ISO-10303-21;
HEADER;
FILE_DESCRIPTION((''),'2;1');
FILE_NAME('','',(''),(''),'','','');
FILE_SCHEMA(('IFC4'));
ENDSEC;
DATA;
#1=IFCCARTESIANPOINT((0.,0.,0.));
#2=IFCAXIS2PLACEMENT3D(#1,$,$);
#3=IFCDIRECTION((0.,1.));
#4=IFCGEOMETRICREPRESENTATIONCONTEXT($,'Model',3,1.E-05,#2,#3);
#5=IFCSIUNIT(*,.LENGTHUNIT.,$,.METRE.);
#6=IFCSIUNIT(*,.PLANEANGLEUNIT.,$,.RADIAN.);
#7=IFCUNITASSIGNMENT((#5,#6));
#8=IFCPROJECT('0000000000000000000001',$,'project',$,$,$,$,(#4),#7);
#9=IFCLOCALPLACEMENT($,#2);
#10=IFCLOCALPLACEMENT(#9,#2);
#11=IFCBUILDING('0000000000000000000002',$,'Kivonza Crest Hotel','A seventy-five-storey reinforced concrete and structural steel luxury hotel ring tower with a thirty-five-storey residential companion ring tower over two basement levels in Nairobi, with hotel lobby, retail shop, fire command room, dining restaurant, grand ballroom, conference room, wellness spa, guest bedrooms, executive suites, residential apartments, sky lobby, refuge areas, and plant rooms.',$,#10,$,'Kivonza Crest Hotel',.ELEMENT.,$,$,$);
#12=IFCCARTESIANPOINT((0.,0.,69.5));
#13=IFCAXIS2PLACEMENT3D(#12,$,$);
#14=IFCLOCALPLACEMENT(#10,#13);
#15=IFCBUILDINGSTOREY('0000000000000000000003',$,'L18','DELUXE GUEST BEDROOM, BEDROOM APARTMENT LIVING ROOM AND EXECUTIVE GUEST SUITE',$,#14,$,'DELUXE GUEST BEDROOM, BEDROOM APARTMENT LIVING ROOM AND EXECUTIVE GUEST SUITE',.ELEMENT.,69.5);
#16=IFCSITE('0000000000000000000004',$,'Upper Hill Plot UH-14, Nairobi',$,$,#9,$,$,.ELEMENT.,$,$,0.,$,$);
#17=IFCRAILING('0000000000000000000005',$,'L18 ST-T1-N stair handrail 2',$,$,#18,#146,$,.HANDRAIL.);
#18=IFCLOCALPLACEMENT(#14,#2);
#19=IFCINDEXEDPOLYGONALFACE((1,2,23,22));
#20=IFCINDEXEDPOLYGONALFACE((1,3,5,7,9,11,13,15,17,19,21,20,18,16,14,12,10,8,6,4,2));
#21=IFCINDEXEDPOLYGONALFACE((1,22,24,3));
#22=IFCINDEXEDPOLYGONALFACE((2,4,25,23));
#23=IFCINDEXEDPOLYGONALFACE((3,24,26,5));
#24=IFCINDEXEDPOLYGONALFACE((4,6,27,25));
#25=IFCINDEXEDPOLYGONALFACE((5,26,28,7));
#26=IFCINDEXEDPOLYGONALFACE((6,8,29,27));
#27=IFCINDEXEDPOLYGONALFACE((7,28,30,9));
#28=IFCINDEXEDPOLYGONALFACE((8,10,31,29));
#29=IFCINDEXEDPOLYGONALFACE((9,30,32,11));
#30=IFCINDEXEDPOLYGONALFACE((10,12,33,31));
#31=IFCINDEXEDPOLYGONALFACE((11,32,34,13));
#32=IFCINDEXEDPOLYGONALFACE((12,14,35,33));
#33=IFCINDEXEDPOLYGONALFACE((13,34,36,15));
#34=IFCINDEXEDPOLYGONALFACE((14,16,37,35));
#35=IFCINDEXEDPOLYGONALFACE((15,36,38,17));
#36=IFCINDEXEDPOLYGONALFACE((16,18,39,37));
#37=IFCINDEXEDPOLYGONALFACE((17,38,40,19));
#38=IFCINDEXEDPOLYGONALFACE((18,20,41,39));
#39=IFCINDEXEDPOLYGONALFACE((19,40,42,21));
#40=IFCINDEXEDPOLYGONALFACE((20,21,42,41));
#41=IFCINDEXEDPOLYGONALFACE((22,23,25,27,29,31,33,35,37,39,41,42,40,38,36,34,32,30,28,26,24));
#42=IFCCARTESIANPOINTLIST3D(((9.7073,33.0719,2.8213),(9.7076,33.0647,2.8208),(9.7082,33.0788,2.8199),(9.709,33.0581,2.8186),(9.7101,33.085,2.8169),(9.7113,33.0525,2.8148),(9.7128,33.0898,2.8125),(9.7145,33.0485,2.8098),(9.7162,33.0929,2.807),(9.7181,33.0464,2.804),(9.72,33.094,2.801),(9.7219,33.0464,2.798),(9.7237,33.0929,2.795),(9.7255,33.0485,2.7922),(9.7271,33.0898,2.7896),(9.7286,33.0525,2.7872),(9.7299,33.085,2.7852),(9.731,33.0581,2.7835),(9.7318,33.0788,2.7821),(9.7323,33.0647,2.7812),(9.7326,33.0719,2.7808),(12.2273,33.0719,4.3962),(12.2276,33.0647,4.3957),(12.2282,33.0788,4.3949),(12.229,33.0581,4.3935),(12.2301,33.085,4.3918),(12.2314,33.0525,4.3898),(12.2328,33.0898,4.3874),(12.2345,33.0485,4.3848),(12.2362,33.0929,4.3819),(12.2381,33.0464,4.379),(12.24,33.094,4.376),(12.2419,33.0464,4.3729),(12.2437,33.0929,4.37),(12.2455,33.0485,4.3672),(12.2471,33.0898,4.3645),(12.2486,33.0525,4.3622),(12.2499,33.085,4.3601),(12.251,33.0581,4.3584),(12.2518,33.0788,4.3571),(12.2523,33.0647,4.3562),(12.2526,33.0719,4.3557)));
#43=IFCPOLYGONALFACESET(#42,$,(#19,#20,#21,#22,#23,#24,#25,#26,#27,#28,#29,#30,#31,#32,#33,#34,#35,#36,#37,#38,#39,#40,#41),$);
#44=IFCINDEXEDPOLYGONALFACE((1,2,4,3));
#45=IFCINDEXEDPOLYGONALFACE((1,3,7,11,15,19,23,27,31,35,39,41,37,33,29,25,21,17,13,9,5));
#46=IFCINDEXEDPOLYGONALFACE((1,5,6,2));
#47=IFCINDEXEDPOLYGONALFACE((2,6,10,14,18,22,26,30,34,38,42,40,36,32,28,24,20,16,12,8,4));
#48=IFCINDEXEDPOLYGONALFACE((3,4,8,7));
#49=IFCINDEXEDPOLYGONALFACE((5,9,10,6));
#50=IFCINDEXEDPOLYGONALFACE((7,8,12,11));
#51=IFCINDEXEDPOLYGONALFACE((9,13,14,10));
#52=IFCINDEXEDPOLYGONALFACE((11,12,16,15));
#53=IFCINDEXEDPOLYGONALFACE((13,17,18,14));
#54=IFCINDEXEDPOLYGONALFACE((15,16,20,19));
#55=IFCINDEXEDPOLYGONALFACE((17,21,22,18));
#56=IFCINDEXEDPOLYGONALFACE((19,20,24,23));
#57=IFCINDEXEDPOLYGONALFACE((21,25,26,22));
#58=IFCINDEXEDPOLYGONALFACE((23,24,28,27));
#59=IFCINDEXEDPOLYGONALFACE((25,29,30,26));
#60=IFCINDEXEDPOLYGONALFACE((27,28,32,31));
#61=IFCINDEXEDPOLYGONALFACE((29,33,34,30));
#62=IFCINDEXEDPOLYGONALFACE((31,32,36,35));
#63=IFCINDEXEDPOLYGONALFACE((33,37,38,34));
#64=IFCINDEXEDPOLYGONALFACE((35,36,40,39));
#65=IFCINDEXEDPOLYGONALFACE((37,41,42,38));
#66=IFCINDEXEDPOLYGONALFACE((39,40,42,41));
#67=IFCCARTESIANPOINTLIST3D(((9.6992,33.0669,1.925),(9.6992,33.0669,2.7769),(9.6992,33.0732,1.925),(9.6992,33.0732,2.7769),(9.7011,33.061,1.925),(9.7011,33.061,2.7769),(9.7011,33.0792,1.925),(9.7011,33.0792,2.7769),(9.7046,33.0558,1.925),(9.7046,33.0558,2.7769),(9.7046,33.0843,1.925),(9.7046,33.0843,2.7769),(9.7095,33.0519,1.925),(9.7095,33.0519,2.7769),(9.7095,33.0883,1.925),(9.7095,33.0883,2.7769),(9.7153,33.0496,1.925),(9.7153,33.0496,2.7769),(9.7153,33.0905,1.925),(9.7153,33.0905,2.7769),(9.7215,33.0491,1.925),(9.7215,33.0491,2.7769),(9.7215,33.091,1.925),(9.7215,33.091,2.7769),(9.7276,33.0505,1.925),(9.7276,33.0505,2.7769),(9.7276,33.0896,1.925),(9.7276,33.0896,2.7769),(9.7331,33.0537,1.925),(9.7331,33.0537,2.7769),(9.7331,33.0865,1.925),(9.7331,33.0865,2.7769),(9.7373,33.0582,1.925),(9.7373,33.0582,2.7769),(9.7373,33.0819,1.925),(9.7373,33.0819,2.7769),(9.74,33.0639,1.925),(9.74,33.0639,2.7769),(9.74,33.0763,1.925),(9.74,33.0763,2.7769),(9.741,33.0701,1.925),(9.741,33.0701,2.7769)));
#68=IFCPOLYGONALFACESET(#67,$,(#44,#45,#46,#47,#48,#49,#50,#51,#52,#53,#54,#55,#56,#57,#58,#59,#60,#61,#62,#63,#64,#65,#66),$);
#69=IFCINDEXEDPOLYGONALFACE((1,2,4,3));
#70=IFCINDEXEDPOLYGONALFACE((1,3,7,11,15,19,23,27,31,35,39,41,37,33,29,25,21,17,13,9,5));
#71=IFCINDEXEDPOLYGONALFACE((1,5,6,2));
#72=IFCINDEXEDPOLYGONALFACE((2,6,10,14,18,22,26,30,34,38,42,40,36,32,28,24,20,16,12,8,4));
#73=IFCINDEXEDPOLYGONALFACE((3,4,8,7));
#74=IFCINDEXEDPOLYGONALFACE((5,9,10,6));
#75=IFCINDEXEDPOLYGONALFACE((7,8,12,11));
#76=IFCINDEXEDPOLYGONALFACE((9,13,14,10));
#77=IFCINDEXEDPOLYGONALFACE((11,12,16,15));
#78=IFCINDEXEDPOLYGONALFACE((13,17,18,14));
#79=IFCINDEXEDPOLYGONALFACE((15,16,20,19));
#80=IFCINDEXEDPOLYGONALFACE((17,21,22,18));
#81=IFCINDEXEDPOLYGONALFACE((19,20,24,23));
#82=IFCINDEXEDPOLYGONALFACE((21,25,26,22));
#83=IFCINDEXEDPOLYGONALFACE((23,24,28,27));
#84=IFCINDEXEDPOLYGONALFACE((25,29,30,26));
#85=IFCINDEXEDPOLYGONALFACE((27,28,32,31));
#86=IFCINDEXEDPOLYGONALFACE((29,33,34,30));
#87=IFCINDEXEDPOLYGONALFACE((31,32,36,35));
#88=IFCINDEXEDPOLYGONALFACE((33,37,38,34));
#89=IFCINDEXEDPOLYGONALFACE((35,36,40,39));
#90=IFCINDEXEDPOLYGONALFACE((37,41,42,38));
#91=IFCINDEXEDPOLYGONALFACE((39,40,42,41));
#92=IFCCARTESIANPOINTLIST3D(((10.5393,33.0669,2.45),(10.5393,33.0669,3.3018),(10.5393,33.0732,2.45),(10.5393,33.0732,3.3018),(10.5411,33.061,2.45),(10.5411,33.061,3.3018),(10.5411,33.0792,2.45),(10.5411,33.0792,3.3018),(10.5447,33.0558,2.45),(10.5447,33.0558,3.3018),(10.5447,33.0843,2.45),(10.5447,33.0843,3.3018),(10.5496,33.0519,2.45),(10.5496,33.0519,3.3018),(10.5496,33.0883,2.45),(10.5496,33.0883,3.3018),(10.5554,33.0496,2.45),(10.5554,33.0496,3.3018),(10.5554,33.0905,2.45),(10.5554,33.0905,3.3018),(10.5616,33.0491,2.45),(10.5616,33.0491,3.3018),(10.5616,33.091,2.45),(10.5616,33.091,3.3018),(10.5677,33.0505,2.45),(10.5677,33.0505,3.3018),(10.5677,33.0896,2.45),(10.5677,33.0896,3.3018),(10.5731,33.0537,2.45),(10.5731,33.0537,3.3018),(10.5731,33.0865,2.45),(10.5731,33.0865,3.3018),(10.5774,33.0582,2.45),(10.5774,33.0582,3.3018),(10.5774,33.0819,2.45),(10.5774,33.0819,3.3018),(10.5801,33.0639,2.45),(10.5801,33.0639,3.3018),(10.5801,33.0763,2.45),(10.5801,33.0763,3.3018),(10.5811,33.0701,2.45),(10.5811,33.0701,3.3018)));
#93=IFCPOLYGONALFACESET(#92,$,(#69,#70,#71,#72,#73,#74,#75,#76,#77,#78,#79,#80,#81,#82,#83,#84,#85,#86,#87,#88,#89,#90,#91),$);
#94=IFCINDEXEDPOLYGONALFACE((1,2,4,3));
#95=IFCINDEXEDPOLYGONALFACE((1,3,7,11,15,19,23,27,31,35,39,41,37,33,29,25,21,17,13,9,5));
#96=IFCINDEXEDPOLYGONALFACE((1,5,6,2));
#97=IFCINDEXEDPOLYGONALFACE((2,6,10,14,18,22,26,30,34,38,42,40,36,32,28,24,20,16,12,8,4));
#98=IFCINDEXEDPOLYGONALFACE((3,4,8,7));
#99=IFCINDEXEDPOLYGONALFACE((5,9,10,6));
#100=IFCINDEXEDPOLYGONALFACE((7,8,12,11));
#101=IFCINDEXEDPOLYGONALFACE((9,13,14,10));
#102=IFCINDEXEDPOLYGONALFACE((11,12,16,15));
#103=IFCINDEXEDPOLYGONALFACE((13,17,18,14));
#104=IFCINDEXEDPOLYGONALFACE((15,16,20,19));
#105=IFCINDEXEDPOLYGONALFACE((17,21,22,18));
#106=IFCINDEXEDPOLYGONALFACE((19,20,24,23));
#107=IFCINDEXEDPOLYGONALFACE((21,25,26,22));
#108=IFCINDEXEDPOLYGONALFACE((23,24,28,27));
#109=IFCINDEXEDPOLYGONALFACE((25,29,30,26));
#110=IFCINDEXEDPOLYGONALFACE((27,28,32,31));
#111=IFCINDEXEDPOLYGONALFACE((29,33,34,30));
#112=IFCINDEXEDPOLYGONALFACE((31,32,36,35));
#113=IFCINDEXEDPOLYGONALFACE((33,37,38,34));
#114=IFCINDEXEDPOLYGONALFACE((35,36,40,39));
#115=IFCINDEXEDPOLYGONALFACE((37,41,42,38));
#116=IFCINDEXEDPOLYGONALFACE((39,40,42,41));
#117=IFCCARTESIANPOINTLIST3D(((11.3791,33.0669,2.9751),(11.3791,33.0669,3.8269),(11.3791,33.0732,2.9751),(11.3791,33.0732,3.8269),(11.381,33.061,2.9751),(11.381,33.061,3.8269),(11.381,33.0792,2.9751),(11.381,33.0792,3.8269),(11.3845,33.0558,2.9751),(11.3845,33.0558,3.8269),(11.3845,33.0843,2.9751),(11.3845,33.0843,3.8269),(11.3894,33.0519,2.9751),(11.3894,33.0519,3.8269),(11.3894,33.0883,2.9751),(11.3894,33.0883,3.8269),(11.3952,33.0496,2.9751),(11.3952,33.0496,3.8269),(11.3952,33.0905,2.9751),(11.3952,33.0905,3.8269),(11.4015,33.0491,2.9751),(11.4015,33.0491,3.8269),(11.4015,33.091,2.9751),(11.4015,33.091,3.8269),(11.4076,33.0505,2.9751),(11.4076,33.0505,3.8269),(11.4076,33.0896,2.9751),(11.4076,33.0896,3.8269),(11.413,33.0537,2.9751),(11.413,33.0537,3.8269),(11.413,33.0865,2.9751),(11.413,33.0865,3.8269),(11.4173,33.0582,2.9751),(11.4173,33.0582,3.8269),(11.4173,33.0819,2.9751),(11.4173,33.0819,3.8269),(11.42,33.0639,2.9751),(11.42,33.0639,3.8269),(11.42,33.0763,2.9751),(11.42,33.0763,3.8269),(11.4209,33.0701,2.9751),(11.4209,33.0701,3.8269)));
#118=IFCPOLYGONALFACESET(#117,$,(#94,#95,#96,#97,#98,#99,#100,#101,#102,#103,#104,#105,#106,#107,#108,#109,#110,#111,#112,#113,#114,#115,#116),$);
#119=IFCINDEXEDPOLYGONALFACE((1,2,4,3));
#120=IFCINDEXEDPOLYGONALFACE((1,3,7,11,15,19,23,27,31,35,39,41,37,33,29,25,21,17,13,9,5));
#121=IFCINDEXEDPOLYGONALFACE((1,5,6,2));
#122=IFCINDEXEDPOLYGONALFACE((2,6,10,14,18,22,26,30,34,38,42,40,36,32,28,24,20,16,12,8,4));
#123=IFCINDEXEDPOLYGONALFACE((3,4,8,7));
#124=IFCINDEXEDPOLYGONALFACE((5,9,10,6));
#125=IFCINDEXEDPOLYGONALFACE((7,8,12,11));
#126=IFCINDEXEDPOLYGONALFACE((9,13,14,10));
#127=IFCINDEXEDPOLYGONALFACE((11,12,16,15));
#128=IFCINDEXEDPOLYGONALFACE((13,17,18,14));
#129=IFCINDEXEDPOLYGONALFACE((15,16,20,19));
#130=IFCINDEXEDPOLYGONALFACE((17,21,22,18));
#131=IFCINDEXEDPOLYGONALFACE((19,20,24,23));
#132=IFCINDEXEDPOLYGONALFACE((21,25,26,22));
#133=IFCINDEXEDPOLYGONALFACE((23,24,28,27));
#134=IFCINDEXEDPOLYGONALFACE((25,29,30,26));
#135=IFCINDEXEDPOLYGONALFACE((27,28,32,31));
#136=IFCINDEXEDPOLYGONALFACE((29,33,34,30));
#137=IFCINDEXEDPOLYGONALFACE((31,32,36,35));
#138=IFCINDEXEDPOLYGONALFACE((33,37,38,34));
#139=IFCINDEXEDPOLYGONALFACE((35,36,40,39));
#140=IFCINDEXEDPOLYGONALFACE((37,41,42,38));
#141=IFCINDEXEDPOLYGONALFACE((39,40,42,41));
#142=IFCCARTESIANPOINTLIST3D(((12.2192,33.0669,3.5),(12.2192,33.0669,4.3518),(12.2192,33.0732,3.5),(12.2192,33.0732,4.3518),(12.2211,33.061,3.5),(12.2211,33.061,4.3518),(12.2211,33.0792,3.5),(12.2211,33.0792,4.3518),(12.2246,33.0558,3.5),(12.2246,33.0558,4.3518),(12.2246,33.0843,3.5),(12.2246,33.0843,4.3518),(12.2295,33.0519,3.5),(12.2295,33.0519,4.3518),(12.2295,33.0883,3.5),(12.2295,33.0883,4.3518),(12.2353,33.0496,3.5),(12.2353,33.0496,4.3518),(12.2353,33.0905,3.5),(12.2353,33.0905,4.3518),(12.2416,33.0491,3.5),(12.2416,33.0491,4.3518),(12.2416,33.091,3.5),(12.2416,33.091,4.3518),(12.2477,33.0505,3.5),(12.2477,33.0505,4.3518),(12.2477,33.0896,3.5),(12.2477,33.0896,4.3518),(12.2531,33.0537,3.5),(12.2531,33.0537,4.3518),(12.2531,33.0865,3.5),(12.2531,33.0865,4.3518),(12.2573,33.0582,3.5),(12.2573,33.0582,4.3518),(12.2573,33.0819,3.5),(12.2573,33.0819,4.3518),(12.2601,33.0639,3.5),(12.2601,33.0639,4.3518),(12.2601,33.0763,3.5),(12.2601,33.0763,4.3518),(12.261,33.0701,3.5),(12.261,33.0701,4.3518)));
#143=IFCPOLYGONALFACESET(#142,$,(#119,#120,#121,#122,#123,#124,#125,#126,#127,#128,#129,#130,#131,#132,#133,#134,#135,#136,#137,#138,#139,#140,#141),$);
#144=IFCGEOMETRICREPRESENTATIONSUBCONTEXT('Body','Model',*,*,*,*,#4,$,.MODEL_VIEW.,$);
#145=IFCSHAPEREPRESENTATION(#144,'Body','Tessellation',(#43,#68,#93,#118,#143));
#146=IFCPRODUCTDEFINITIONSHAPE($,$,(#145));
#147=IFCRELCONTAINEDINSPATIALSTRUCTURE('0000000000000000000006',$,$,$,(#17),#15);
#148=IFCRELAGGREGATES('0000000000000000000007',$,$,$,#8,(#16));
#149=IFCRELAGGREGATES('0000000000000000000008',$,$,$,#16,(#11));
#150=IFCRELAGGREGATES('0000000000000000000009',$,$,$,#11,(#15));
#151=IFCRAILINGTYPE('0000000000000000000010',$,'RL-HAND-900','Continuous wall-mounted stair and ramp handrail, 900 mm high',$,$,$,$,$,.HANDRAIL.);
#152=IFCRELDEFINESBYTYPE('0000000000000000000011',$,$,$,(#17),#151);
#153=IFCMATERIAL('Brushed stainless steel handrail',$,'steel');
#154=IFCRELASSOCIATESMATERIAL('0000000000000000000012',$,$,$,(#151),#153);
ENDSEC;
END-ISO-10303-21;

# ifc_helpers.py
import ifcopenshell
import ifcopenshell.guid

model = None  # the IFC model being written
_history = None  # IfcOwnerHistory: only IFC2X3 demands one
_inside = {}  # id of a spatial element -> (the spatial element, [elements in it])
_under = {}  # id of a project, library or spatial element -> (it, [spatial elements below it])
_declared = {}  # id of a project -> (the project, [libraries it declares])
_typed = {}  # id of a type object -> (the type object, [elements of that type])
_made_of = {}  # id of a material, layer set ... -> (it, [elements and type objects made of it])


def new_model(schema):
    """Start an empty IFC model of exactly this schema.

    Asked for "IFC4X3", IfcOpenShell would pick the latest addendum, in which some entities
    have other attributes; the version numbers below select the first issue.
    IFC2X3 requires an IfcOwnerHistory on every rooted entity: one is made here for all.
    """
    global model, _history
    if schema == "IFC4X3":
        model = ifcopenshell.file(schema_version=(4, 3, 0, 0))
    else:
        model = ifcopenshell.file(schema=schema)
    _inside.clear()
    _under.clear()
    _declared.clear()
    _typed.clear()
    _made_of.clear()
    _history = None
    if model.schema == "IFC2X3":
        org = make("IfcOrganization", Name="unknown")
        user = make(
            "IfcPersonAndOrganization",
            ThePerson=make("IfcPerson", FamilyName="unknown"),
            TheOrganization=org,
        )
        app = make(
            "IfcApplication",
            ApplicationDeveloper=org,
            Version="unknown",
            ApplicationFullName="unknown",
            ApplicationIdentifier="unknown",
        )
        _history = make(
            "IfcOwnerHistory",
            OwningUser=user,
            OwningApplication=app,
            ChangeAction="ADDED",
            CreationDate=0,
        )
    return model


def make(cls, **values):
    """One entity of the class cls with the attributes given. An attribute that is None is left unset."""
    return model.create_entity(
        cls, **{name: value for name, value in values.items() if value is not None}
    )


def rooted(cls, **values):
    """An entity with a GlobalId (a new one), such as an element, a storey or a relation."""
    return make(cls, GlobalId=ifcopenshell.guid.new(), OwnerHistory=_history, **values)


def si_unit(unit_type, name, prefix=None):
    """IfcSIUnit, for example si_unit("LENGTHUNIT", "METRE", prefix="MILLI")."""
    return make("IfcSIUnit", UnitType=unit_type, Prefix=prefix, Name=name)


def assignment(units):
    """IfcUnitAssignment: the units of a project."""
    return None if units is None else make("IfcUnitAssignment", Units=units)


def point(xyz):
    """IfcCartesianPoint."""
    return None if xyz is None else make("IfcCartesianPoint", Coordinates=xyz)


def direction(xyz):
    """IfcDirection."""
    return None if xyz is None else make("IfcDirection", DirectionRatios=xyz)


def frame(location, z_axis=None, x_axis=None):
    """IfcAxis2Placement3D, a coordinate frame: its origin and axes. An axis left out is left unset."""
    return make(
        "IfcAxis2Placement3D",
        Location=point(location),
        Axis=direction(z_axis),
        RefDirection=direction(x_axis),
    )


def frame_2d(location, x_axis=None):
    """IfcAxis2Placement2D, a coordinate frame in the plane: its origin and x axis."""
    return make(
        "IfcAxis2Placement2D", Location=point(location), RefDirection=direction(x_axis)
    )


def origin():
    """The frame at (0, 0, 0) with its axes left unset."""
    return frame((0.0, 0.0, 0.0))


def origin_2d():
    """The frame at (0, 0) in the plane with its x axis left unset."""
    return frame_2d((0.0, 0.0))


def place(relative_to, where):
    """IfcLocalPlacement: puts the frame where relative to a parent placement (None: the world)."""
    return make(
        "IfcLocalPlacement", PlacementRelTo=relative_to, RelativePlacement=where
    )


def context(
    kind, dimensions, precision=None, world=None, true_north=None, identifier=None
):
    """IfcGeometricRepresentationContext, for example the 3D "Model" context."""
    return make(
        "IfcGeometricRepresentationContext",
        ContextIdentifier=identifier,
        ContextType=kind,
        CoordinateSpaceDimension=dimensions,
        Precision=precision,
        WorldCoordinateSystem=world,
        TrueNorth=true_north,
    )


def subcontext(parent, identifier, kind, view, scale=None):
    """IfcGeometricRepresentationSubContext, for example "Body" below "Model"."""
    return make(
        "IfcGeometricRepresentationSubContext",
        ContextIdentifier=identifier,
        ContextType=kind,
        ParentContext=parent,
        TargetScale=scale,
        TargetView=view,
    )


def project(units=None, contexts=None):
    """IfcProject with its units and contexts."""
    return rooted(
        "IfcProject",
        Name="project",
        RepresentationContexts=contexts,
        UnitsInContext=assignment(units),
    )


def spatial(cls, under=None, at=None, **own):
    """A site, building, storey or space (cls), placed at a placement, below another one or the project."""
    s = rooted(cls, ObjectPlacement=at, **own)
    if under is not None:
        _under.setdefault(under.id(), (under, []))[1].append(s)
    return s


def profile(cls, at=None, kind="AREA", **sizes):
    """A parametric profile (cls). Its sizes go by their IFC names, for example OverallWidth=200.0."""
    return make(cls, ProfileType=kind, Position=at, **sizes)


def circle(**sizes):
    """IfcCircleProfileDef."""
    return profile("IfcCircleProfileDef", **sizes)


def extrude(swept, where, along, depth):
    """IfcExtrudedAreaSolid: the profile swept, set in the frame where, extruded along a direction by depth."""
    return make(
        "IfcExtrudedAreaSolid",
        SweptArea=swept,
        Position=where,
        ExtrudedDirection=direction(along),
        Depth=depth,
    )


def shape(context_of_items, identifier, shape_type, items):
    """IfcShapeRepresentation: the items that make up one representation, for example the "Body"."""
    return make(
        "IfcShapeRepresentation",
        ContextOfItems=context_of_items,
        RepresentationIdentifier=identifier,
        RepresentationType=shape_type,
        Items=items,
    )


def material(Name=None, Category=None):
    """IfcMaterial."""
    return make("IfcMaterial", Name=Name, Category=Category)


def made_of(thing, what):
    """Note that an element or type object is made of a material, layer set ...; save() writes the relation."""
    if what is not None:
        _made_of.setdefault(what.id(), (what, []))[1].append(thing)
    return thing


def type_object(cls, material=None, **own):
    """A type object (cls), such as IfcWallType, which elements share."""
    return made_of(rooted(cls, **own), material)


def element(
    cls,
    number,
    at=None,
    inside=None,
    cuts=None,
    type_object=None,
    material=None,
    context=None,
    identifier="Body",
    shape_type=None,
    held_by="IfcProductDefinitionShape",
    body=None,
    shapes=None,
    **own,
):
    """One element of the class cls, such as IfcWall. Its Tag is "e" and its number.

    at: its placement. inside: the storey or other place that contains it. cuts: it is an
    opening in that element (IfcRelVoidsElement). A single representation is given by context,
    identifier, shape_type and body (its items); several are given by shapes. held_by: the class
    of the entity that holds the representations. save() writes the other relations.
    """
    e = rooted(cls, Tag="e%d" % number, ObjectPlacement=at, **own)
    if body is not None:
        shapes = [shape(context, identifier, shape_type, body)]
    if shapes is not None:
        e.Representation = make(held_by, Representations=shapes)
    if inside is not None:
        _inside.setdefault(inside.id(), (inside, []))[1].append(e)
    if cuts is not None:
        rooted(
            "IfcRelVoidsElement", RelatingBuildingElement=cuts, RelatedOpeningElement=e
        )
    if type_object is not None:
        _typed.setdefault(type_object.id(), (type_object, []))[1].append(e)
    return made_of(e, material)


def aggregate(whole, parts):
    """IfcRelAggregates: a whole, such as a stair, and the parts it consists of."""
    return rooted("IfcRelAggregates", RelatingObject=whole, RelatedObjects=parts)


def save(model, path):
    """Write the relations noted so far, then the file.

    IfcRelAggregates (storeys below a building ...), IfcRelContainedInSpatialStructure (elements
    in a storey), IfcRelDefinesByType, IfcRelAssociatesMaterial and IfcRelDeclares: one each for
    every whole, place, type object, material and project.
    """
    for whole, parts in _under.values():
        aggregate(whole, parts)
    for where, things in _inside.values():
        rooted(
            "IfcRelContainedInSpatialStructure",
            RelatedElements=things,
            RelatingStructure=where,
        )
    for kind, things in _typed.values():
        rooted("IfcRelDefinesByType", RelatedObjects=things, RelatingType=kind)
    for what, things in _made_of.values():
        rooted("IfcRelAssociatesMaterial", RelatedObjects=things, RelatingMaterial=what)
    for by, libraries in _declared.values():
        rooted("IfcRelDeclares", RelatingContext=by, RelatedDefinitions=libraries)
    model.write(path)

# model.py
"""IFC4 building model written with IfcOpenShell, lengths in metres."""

from ifc_helpers import new_model, si_unit, direction, frame, origin, origin_2d, place, context, subcontext, project, spatial, circle, extrude, material, type_object, element, save


model = new_model("IFC4")

# Units and contexts
model_context = context("Model", 3, precision=1e-05, world=origin(), true_north=direction((0.0, 1.0)))
body_context = subcontext(model_context, "Body", "Model", "MODEL_VIEW")
ifc_project = project(units=[si_unit("LENGTHUNIT", "METRE"), si_unit("PLANEANGLEUNIT", "RADIAN")], contexts=[model_context])

# Site, building, storey
site_placement = place(None, origin())
site = spatial("IfcSite", under=ifc_project, at=site_placement, Name="Upper Hill Plot UH-14, Nairobi", CompositionType="ELEMENT", RefElevation=0.0)
building_placement = place(site_placement, origin())
building = spatial("IfcBuilding", under=site, at=building_placement, Name="Kivonza Crest Hotel", Description="A seventy-five-storey reinforced concrete and structural steel luxury hotel ring tower with a thirty-five-storey residential companion ring tower over two basement levels in Nairobi, with hotel lobby, retail shop, fire command room, dining restaurant, grand ballroom, conference room, wellness spa, guest bedrooms, executive suites, residential apartments, sky lobby, refuge areas, and plant rooms.", LongName="Kivonza Crest Hotel", CompositionType="ELEMENT")
storey_placement = place(building_placement, frame((0.0, 0.0, 69.5)))
storey = spatial("IfcBuildingStorey", under=building, at=storey_placement, Name="L18", Description="DELUXE GUEST BEDROOM, BEDROOM APARTMENT LIVING ROOM AND EXECUTIVE GUEST SUITE", LongName="DELUXE GUEST BEDROOM, BEDROOM APARTMENT LIVING ROOM AND EXECUTIVE GUEST SUITE", CompositionType="ELEMENT", Elevation=69.5)

# Railing
ifc_material_1 = material(Name="Brushed stainless steel handrail", Category="steel")
railing_type = type_object("IfcRailingType", Name="RL-HAND-900", Description="Continuous wall-mounted stair and ramp handrail, 900 mm high", PredefinedType="HANDRAIL", material=ifc_material_1)
railing_placement = place(storey_placement, frame((9.72, 33.0701, 1.925)))
element("IfcRailing", 1, at=railing_placement, inside=storey, type_object=railing_type, Name="L18 ST-T1-N stair handrail 2", PredefinedType="HANDRAIL", context=body_context, shape_type="SweptSolid", body=[
    extrude(circle(Radius=0.0239, at=origin_2d()), frame((0.0, 0.0, 0.876), z_axis=(0.848008, 0.0, 0.529984), x_axis=(0.0, 1.0, 0.0)), (0.0, 0.0, 1.0), 2.9717),
    extrude(circle(Radius=0.021, at=origin_2d()), origin(), (0.0, 0.0, 1.0), 0.8518),
    extrude(circle(Radius=0.021, at=origin_2d()), frame((0.8401, 0.0, 0.5249)), (0.0, 0.0, 1.0), 0.8518),
    extrude(circle(Radius=0.021, at=origin_2d()), frame((1.6799, 0.0, 1.05)), (0.0, 0.0, 1.0), 0.8518),
    extrude(circle(Radius=0.021, at=origin_2d()), frame((2.52, 0.0, 1.575)), (0.0, 0.0, 1.0), 0.8518),
])

save(model, "model.ifc")
